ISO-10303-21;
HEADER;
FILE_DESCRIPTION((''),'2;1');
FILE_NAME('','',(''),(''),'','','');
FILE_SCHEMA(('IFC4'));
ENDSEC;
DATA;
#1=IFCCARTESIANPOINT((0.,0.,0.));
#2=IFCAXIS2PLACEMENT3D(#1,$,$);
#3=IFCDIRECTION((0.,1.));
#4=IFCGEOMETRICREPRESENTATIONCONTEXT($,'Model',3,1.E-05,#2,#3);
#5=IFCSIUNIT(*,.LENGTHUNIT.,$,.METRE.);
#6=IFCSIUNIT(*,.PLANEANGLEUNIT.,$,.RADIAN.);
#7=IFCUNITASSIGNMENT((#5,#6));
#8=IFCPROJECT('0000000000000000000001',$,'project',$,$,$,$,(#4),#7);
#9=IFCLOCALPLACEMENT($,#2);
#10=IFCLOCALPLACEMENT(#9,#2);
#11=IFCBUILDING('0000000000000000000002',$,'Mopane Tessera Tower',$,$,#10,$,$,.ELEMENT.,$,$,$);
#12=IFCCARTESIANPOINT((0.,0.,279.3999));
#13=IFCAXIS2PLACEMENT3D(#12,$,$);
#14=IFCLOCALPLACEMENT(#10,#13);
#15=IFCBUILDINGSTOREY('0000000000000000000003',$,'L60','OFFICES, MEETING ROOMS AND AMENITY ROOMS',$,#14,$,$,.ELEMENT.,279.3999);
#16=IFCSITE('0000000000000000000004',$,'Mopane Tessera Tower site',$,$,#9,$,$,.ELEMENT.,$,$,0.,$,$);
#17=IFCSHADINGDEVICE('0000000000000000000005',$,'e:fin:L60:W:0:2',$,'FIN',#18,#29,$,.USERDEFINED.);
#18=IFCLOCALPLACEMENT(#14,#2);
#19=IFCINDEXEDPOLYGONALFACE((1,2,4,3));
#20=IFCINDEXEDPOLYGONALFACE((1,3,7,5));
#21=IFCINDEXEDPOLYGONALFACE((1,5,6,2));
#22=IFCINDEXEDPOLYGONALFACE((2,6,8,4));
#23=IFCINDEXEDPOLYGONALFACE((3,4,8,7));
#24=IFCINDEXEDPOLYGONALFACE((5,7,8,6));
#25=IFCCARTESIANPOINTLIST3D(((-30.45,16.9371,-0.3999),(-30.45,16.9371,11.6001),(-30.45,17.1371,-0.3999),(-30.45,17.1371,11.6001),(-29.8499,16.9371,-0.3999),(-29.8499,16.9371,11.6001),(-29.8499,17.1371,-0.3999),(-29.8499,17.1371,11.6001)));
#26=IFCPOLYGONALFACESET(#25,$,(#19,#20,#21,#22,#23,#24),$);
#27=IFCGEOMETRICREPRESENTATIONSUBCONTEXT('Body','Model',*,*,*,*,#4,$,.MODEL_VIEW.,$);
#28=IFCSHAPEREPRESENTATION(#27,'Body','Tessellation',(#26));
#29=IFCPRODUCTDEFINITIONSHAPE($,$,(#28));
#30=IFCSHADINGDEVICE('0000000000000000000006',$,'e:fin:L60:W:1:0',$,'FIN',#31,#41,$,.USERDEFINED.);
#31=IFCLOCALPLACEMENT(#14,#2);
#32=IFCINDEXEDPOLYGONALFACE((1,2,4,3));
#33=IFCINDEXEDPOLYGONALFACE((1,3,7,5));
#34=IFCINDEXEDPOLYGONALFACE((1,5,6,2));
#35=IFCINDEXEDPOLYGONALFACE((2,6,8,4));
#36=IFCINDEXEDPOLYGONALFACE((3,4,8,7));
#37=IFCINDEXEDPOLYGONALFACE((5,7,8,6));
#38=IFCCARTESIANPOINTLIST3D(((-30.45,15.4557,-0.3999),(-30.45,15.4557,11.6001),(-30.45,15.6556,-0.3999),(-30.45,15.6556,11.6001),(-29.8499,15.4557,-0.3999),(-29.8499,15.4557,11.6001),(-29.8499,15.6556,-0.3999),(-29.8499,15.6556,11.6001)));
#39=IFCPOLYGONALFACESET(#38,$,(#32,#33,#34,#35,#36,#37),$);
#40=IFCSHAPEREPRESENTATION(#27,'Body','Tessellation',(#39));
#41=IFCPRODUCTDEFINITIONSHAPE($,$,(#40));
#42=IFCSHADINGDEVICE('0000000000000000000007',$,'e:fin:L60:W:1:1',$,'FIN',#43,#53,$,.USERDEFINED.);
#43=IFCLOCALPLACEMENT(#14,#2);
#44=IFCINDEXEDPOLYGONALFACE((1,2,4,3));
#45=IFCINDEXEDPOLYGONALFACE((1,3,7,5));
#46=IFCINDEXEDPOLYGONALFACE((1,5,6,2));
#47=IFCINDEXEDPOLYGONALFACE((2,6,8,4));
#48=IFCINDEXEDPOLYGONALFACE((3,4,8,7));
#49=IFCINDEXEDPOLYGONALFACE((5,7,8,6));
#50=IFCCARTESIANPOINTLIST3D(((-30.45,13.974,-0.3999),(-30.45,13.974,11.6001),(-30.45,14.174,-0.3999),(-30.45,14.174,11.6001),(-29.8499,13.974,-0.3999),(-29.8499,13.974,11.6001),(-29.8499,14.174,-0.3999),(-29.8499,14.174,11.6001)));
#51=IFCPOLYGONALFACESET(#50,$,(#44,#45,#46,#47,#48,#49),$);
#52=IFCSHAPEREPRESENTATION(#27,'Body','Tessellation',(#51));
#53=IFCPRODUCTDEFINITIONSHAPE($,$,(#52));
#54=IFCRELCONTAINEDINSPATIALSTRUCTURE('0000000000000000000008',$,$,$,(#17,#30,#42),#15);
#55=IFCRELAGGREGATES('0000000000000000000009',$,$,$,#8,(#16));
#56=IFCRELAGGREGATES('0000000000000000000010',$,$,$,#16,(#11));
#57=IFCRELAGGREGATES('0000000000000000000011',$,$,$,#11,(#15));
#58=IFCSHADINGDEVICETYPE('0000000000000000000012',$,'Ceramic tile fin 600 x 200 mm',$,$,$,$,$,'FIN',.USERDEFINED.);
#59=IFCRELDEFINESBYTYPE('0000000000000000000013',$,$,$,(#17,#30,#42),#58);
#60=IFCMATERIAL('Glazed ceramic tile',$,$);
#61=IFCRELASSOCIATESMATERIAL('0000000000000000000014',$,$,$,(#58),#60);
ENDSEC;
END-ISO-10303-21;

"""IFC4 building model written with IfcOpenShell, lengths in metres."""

from ifc_helpers import new_model, si_unit, direction, frame, origin, origin_2d, place, context, subcontext, project, spatial, rectangle, extrude, material, type_object, element, save


model = new_model("IFC4")

# Units and contexts
model_context = context("Model", 3, precision=1e-05, world=origin(), true_north=direction((0.0, 1.0)))
body_context = subcontext(model_context, "Body", "Model", "MODEL_VIEW")
ifc_project = project(units=[si_unit("LENGTHUNIT", "METRE"), si_unit("PLANEANGLEUNIT", "RADIAN")], contexts=[model_context])

# Site, building, storey
site_placement = place(None, origin())
site = spatial("IfcSite", under=ifc_project, at=site_placement, Name="Mopane Tessera Tower site", CompositionType="ELEMENT", RefElevation=0.0)
building_placement = place(site_placement, origin())
building = spatial("IfcBuilding", under=site, at=building_placement, Name="Mopane Tessera Tower", CompositionType="ELEMENT")
storey_placement = place(building_placement, frame((0.0, 0.0, 279.3999)))
storey = spatial("IfcBuildingStorey", under=building, at=storey_placement, Name="L60", Description="OFFICES, MEETING ROOMS AND AMENITY ROOMS", CompositionType="ELEMENT", Elevation=279.3999)

# Shading devices
ifc_material_1 = material(Name="Glazed ceramic tile")
shading_device_type = type_object("IfcShadingDeviceType", Name="Ceramic tile fin 600 x 200 mm", ElementType="FIN", PredefinedType="USERDEFINED", material=ifc_material_1)
for number, where, z_axis, x_axis, name in (
    (1, (-30.1499, 17.0371, -0.3999), (0.0, 0.0, 1.0), (0.0, -1.0, 0.0), "e:fin:L60:W:0:2"),
    (2, (-30.1499, 15.5557, -0.3999), (0.0, 0.0, 1.0), (0.0, -1.0, 0.0), "e:fin:L60:W:1:0"),
    (3, (-30.1499, 14.074, -0.3999), (0.0, 0.0, 1.0), (0.0, -1.0, 0.0), "e:fin:L60:W:1:1"),
):
    element("IfcShadingDevice", number, at=place(storey_placement, frame(where, z_axis=z_axis, x_axis=x_axis)), inside=storey, type_object=shading_device_type, Name=name, ObjectType="FIN", PredefinedType="USERDEFINED", context=body_context, shape_type="SweptSolid", body=[
        extrude(rectangle(XDim=0.2, YDim=0.6001, at=origin_2d()), origin(), (0.0, 0.0, 1.0), 12.0),
    ])

save(model, "model.ifc")
